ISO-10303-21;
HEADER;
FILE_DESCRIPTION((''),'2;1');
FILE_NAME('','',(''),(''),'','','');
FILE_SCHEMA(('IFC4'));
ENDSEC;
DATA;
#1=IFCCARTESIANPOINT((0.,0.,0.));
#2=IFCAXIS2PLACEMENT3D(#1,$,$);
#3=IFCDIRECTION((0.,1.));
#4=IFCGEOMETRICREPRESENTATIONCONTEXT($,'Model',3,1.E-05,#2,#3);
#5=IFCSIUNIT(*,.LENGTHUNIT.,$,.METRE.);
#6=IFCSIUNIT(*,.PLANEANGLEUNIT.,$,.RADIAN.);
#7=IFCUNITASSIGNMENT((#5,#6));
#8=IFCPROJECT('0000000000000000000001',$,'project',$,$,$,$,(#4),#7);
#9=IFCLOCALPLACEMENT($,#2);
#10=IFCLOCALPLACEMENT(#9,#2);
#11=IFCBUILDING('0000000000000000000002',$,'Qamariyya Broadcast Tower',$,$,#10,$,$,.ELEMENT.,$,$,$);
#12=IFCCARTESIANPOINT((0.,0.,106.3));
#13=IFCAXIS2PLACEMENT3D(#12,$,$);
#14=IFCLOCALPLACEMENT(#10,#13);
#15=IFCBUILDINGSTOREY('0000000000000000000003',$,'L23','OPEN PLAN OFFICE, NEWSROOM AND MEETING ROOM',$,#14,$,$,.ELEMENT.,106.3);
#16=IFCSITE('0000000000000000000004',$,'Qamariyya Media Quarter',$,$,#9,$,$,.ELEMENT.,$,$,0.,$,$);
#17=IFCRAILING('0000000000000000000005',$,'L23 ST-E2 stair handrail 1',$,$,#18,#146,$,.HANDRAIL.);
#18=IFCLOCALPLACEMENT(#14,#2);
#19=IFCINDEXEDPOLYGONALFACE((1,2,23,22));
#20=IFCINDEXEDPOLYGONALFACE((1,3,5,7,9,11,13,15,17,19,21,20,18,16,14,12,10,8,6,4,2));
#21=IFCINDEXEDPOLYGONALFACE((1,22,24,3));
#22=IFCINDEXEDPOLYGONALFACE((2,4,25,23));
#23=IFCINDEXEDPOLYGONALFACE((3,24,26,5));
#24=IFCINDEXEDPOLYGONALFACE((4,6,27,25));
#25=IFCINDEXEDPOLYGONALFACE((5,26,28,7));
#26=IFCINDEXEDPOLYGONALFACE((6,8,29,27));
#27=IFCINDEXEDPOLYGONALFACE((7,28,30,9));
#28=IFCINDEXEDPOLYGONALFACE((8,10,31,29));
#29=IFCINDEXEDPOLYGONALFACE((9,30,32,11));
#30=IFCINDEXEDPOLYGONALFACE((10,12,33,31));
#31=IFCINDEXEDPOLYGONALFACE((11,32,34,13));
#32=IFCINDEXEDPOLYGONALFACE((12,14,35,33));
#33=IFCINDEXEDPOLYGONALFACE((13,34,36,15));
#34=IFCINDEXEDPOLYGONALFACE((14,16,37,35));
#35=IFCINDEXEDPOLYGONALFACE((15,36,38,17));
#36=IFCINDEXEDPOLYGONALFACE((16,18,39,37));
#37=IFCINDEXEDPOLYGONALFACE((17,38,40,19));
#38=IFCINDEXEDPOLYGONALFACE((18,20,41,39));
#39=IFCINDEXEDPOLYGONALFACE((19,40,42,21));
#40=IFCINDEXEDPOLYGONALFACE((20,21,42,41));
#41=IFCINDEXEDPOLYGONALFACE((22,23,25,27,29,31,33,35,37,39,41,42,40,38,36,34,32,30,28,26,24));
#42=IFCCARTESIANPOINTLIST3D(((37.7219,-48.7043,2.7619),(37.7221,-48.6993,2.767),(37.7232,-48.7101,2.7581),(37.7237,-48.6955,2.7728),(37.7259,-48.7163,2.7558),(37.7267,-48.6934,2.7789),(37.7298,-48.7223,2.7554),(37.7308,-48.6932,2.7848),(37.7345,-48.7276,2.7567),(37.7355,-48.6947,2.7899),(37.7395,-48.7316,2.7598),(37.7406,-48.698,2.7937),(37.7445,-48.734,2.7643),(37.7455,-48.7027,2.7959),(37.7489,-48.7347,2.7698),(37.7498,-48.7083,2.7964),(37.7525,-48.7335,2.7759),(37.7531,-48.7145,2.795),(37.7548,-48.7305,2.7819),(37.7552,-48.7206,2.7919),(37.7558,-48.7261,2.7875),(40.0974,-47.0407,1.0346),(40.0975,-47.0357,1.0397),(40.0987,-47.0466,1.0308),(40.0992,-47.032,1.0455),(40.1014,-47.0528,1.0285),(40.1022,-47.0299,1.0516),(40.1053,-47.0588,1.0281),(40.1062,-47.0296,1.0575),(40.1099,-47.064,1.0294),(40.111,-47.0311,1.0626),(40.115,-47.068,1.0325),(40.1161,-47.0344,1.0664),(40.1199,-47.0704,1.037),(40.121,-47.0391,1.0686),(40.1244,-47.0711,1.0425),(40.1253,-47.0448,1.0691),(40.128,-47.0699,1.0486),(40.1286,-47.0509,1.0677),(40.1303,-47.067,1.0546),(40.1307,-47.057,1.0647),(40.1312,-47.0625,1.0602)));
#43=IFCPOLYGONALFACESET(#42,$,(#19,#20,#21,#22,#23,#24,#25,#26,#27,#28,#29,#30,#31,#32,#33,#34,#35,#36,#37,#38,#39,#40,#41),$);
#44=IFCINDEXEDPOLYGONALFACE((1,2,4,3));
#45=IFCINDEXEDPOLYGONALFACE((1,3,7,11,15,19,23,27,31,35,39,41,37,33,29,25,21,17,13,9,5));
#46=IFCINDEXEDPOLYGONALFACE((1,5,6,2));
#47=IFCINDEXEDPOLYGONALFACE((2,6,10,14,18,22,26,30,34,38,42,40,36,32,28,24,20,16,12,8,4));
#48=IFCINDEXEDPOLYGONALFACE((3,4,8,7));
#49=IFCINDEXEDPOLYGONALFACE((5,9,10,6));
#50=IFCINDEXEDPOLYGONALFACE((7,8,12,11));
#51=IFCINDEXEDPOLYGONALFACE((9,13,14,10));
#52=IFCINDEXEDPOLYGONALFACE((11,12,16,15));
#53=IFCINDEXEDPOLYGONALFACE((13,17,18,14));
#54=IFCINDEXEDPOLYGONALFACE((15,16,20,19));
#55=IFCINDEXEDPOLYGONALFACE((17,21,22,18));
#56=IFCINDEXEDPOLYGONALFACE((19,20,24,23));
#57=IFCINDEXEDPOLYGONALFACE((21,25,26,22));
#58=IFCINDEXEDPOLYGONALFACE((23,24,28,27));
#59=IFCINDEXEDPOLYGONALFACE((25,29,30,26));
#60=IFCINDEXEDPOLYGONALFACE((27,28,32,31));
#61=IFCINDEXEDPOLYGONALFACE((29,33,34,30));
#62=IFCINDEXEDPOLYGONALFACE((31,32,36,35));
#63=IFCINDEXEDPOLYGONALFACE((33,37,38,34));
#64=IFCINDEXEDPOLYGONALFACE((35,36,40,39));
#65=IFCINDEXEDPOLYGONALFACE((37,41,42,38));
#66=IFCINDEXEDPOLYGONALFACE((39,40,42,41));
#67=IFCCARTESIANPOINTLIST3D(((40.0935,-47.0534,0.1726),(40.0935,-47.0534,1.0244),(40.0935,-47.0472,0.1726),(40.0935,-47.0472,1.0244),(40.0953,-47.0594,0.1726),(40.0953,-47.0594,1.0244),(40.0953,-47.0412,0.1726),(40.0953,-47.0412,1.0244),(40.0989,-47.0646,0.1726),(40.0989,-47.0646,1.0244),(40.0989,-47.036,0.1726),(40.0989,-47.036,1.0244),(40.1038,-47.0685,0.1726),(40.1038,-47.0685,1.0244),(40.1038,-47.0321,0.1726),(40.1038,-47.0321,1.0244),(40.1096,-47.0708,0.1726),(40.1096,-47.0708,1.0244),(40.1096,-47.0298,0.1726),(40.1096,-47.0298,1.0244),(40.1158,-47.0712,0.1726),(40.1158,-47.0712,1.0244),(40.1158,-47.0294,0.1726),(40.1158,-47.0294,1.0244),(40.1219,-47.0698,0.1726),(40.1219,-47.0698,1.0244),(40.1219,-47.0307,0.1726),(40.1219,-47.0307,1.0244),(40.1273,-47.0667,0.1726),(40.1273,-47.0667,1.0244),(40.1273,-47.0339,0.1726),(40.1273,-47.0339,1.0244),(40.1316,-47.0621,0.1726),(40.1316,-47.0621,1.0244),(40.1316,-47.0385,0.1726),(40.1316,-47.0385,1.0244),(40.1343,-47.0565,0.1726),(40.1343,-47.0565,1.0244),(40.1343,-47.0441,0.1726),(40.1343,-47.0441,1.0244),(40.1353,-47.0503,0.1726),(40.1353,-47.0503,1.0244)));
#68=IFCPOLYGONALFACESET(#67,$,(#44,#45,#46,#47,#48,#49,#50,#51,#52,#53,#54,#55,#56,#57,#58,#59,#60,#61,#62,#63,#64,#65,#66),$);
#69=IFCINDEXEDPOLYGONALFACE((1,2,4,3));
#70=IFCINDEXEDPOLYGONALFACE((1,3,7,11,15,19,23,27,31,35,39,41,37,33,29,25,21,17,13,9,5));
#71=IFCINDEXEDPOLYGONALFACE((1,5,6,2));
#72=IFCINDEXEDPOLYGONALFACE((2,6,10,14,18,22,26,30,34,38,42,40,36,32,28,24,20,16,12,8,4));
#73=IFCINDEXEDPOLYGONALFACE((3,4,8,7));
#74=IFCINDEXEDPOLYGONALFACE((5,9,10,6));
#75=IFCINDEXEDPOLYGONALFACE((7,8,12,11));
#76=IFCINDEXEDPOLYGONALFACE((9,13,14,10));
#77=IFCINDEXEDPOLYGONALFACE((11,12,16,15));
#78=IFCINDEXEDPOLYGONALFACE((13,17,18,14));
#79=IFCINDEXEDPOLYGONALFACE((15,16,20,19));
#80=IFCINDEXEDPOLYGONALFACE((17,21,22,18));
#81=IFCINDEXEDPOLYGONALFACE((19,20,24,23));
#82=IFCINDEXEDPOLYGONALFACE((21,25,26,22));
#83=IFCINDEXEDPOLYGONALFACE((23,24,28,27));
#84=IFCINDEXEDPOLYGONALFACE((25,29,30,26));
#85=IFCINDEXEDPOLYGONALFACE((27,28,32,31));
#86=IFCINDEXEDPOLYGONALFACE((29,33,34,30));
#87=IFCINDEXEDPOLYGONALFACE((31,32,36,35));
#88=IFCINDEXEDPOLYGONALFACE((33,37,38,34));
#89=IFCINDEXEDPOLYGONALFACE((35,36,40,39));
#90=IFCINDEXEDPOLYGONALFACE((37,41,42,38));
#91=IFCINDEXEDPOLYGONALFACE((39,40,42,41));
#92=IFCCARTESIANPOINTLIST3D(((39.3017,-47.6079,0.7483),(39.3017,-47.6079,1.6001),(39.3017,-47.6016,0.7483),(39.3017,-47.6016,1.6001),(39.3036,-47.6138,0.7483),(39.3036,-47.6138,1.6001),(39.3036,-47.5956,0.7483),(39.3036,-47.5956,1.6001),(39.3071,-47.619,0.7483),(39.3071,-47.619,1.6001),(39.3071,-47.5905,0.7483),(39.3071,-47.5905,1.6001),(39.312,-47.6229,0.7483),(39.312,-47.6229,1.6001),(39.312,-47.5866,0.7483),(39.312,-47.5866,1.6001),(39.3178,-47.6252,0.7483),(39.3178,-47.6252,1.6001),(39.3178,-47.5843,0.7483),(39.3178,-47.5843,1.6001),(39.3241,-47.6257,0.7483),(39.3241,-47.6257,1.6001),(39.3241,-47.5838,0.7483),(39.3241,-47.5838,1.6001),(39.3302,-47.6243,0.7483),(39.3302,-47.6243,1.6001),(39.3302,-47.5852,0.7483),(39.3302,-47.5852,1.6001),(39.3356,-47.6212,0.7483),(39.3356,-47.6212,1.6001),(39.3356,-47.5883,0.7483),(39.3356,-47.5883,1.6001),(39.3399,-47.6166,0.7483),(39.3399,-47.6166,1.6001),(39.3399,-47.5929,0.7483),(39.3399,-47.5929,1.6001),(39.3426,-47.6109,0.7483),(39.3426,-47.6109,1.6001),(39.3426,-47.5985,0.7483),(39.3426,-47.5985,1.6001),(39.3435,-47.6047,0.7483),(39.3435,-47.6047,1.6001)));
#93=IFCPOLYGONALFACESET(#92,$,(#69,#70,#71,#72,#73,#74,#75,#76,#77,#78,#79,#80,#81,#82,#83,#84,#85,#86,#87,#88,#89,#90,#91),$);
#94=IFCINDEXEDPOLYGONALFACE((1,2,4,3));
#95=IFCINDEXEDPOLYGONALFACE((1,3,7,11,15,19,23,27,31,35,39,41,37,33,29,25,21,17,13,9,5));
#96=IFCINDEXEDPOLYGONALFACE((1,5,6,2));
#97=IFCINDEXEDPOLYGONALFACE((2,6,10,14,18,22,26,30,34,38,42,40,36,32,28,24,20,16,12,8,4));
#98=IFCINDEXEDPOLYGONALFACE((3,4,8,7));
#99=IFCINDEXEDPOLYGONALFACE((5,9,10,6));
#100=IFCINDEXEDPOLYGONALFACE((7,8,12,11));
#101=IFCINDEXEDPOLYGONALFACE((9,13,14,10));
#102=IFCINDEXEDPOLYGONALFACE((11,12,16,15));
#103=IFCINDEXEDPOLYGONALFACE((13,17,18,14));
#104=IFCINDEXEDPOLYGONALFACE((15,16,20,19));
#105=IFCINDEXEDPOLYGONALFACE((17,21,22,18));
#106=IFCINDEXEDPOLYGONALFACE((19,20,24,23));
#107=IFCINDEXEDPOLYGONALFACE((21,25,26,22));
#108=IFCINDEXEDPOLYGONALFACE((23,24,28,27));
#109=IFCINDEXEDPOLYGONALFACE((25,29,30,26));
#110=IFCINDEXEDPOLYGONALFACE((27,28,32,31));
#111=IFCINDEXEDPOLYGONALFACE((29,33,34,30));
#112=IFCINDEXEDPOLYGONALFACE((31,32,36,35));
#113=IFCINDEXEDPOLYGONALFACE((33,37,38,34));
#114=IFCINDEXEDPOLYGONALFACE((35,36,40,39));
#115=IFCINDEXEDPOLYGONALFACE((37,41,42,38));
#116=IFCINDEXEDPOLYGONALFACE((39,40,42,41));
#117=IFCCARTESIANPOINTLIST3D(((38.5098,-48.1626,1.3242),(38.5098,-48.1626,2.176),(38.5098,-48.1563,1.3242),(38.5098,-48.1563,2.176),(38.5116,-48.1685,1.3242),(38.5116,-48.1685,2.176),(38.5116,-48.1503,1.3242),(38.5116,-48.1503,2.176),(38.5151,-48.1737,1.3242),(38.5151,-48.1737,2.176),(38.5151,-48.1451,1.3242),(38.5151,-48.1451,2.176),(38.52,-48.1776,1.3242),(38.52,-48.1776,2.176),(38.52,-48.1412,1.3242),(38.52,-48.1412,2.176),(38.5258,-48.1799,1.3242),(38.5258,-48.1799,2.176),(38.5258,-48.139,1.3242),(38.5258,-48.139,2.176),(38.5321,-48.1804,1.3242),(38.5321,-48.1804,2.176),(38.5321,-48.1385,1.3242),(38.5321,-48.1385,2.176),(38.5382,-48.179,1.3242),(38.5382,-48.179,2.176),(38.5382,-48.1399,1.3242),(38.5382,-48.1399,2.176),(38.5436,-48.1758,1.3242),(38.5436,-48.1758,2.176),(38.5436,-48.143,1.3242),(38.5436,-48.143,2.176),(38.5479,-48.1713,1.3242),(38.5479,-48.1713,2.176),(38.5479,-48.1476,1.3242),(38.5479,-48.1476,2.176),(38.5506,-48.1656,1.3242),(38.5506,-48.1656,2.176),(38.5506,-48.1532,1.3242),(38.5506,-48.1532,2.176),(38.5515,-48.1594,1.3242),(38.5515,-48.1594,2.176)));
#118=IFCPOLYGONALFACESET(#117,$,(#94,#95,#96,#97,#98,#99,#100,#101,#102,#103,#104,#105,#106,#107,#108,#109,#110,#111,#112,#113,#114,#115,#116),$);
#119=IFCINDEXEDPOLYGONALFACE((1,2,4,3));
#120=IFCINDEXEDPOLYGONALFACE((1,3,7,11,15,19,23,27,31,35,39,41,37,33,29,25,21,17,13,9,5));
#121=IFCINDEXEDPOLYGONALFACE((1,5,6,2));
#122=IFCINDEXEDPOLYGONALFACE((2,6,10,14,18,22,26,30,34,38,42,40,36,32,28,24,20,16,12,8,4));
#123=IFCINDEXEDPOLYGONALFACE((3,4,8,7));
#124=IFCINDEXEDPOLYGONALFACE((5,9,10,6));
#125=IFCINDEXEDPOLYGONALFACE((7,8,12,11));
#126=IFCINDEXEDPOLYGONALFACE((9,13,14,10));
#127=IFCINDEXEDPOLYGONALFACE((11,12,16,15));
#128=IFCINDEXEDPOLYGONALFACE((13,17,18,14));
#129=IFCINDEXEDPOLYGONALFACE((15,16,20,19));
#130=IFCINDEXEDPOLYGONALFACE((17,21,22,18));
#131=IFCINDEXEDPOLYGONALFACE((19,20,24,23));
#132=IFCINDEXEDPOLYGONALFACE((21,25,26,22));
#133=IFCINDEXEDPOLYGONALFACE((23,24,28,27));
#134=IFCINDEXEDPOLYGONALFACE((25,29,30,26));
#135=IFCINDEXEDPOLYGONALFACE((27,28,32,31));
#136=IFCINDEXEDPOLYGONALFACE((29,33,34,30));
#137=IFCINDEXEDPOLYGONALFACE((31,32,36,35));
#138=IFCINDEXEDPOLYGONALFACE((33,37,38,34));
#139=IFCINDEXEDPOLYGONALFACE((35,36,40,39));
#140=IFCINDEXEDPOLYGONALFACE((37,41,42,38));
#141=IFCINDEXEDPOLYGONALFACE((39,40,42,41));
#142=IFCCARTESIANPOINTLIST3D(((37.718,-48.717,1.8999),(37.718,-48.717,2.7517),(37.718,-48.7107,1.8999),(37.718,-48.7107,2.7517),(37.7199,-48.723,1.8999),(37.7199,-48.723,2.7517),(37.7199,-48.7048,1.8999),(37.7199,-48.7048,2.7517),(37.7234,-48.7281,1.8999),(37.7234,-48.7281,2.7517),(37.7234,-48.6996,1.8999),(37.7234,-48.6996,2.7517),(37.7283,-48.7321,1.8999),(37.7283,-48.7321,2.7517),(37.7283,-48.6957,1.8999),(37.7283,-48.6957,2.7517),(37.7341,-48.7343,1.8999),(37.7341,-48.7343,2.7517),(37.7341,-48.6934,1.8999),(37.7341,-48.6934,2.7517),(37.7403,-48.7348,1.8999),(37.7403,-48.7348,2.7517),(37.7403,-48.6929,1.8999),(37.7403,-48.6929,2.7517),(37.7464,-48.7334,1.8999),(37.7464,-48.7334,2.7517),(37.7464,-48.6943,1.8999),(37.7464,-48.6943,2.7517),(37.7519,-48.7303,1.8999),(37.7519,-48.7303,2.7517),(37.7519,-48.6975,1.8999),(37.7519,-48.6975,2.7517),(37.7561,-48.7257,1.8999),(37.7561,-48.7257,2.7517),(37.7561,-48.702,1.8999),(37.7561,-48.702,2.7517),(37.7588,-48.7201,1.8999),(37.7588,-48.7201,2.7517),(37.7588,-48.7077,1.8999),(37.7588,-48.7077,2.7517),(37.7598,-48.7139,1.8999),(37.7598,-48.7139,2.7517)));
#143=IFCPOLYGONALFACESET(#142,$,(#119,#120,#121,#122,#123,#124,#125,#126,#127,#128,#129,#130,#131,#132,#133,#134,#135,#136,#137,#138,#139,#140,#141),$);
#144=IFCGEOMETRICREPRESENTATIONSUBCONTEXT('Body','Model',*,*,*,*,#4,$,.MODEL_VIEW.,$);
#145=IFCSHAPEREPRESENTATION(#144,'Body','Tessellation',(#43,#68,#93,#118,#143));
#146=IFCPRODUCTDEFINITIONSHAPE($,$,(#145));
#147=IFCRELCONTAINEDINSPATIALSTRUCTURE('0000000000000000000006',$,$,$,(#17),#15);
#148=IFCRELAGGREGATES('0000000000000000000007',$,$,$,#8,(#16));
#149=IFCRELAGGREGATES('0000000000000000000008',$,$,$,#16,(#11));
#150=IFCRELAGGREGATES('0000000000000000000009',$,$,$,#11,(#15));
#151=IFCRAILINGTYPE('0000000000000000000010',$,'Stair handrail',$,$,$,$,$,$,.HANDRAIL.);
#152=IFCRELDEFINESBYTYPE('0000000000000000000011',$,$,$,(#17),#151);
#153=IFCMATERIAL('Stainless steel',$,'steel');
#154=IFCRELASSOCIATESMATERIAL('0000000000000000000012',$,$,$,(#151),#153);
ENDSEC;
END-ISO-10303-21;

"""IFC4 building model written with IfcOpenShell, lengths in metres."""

from ifc_helpers import new_model, si_unit, direction, frame, origin, origin_2d, place, context, subcontext, project, spatial, circle, extrude, material, type_object, element, save


model = new_model("IFC4")

# Units and contexts
model_context = context("Model", 3, precision=1e-05, world=origin(), true_north=direction((0.0, 1.0)))
body_context = subcontext(model_context, "Body", "Model", "MODEL_VIEW")
ifc_project = project(units=[si_unit("LENGTHUNIT", "METRE"), si_unit("PLANEANGLEUNIT", "RADIAN")], contexts=[model_context])

# Site, building, storey
site_placement = place(None, origin())
site = spatial("IfcSite", under=ifc_project, at=site_placement, Name="Qamariyya Media Quarter", CompositionType="ELEMENT", RefElevation=0.0)
building_placement = place(site_placement, origin())
building = spatial("IfcBuilding", under=site, at=building_placement, Name="Qamariyya Broadcast Tower", CompositionType="ELEMENT")
storey_placement = place(building_placement, frame((0.0, 0.0, 106.3)))
storey = spatial("IfcBuildingStorey", under=building, at=storey_placement, Name="L23", Description="OPEN PLAN OFFICE, NEWSROOM AND MEETING ROOM", CompositionType="ELEMENT", Elevation=106.3)

# Railing
ifc_material_1 = material(Name="Stainless steel", Category="steel")
railing_type_1 = type_object("IfcRailingType", Name="Stair handrail", PredefinedType="HANDRAIL", material=ifc_material_1)
railing_1_placement = place(storey_placement, frame((40.1143, -47.0503, 0.1726)))
element("IfcRailing", 1, at=railing_1_placement, inside=storey, type_object=railing_type_1, Name="L23 ST-E2 stair handrail 1", PredefinedType="HANDRAIL", context=body_context, shape_type="SweptSolid", body=[
    extrude(circle(Radius=0.0239, at=origin_2d()), frame((0.0, 0.0, 0.876), z_axis=(-0.703745, -0.492838, 0.511716), x_axis=(0.573632, -0.819113, 0.0)), (0.0, 0.0, 1.0), 3.3755),
    extrude(circle(Radius=0.021, at=origin_2d()), origin(), (0.0, 0.0, 1.0), 0.8518),
    extrude(circle(Radius=0.021, at=origin_2d()), frame((-0.7917, -0.5544, 0.5757)), (0.0, 0.0, 1.0), 0.8518),
    extrude(circle(Radius=0.021, at=origin_2d()), frame((-1.5837, -1.1091, 1.1516)), (0.0, 0.0, 1.0), 0.8518),
    extrude(circle(Radius=0.021, at=origin_2d()), frame((-2.3755, -1.6636, 1.7273)), (0.0, 0.0, 1.0), 0.8518),
])

save(model, "model.ifc")
